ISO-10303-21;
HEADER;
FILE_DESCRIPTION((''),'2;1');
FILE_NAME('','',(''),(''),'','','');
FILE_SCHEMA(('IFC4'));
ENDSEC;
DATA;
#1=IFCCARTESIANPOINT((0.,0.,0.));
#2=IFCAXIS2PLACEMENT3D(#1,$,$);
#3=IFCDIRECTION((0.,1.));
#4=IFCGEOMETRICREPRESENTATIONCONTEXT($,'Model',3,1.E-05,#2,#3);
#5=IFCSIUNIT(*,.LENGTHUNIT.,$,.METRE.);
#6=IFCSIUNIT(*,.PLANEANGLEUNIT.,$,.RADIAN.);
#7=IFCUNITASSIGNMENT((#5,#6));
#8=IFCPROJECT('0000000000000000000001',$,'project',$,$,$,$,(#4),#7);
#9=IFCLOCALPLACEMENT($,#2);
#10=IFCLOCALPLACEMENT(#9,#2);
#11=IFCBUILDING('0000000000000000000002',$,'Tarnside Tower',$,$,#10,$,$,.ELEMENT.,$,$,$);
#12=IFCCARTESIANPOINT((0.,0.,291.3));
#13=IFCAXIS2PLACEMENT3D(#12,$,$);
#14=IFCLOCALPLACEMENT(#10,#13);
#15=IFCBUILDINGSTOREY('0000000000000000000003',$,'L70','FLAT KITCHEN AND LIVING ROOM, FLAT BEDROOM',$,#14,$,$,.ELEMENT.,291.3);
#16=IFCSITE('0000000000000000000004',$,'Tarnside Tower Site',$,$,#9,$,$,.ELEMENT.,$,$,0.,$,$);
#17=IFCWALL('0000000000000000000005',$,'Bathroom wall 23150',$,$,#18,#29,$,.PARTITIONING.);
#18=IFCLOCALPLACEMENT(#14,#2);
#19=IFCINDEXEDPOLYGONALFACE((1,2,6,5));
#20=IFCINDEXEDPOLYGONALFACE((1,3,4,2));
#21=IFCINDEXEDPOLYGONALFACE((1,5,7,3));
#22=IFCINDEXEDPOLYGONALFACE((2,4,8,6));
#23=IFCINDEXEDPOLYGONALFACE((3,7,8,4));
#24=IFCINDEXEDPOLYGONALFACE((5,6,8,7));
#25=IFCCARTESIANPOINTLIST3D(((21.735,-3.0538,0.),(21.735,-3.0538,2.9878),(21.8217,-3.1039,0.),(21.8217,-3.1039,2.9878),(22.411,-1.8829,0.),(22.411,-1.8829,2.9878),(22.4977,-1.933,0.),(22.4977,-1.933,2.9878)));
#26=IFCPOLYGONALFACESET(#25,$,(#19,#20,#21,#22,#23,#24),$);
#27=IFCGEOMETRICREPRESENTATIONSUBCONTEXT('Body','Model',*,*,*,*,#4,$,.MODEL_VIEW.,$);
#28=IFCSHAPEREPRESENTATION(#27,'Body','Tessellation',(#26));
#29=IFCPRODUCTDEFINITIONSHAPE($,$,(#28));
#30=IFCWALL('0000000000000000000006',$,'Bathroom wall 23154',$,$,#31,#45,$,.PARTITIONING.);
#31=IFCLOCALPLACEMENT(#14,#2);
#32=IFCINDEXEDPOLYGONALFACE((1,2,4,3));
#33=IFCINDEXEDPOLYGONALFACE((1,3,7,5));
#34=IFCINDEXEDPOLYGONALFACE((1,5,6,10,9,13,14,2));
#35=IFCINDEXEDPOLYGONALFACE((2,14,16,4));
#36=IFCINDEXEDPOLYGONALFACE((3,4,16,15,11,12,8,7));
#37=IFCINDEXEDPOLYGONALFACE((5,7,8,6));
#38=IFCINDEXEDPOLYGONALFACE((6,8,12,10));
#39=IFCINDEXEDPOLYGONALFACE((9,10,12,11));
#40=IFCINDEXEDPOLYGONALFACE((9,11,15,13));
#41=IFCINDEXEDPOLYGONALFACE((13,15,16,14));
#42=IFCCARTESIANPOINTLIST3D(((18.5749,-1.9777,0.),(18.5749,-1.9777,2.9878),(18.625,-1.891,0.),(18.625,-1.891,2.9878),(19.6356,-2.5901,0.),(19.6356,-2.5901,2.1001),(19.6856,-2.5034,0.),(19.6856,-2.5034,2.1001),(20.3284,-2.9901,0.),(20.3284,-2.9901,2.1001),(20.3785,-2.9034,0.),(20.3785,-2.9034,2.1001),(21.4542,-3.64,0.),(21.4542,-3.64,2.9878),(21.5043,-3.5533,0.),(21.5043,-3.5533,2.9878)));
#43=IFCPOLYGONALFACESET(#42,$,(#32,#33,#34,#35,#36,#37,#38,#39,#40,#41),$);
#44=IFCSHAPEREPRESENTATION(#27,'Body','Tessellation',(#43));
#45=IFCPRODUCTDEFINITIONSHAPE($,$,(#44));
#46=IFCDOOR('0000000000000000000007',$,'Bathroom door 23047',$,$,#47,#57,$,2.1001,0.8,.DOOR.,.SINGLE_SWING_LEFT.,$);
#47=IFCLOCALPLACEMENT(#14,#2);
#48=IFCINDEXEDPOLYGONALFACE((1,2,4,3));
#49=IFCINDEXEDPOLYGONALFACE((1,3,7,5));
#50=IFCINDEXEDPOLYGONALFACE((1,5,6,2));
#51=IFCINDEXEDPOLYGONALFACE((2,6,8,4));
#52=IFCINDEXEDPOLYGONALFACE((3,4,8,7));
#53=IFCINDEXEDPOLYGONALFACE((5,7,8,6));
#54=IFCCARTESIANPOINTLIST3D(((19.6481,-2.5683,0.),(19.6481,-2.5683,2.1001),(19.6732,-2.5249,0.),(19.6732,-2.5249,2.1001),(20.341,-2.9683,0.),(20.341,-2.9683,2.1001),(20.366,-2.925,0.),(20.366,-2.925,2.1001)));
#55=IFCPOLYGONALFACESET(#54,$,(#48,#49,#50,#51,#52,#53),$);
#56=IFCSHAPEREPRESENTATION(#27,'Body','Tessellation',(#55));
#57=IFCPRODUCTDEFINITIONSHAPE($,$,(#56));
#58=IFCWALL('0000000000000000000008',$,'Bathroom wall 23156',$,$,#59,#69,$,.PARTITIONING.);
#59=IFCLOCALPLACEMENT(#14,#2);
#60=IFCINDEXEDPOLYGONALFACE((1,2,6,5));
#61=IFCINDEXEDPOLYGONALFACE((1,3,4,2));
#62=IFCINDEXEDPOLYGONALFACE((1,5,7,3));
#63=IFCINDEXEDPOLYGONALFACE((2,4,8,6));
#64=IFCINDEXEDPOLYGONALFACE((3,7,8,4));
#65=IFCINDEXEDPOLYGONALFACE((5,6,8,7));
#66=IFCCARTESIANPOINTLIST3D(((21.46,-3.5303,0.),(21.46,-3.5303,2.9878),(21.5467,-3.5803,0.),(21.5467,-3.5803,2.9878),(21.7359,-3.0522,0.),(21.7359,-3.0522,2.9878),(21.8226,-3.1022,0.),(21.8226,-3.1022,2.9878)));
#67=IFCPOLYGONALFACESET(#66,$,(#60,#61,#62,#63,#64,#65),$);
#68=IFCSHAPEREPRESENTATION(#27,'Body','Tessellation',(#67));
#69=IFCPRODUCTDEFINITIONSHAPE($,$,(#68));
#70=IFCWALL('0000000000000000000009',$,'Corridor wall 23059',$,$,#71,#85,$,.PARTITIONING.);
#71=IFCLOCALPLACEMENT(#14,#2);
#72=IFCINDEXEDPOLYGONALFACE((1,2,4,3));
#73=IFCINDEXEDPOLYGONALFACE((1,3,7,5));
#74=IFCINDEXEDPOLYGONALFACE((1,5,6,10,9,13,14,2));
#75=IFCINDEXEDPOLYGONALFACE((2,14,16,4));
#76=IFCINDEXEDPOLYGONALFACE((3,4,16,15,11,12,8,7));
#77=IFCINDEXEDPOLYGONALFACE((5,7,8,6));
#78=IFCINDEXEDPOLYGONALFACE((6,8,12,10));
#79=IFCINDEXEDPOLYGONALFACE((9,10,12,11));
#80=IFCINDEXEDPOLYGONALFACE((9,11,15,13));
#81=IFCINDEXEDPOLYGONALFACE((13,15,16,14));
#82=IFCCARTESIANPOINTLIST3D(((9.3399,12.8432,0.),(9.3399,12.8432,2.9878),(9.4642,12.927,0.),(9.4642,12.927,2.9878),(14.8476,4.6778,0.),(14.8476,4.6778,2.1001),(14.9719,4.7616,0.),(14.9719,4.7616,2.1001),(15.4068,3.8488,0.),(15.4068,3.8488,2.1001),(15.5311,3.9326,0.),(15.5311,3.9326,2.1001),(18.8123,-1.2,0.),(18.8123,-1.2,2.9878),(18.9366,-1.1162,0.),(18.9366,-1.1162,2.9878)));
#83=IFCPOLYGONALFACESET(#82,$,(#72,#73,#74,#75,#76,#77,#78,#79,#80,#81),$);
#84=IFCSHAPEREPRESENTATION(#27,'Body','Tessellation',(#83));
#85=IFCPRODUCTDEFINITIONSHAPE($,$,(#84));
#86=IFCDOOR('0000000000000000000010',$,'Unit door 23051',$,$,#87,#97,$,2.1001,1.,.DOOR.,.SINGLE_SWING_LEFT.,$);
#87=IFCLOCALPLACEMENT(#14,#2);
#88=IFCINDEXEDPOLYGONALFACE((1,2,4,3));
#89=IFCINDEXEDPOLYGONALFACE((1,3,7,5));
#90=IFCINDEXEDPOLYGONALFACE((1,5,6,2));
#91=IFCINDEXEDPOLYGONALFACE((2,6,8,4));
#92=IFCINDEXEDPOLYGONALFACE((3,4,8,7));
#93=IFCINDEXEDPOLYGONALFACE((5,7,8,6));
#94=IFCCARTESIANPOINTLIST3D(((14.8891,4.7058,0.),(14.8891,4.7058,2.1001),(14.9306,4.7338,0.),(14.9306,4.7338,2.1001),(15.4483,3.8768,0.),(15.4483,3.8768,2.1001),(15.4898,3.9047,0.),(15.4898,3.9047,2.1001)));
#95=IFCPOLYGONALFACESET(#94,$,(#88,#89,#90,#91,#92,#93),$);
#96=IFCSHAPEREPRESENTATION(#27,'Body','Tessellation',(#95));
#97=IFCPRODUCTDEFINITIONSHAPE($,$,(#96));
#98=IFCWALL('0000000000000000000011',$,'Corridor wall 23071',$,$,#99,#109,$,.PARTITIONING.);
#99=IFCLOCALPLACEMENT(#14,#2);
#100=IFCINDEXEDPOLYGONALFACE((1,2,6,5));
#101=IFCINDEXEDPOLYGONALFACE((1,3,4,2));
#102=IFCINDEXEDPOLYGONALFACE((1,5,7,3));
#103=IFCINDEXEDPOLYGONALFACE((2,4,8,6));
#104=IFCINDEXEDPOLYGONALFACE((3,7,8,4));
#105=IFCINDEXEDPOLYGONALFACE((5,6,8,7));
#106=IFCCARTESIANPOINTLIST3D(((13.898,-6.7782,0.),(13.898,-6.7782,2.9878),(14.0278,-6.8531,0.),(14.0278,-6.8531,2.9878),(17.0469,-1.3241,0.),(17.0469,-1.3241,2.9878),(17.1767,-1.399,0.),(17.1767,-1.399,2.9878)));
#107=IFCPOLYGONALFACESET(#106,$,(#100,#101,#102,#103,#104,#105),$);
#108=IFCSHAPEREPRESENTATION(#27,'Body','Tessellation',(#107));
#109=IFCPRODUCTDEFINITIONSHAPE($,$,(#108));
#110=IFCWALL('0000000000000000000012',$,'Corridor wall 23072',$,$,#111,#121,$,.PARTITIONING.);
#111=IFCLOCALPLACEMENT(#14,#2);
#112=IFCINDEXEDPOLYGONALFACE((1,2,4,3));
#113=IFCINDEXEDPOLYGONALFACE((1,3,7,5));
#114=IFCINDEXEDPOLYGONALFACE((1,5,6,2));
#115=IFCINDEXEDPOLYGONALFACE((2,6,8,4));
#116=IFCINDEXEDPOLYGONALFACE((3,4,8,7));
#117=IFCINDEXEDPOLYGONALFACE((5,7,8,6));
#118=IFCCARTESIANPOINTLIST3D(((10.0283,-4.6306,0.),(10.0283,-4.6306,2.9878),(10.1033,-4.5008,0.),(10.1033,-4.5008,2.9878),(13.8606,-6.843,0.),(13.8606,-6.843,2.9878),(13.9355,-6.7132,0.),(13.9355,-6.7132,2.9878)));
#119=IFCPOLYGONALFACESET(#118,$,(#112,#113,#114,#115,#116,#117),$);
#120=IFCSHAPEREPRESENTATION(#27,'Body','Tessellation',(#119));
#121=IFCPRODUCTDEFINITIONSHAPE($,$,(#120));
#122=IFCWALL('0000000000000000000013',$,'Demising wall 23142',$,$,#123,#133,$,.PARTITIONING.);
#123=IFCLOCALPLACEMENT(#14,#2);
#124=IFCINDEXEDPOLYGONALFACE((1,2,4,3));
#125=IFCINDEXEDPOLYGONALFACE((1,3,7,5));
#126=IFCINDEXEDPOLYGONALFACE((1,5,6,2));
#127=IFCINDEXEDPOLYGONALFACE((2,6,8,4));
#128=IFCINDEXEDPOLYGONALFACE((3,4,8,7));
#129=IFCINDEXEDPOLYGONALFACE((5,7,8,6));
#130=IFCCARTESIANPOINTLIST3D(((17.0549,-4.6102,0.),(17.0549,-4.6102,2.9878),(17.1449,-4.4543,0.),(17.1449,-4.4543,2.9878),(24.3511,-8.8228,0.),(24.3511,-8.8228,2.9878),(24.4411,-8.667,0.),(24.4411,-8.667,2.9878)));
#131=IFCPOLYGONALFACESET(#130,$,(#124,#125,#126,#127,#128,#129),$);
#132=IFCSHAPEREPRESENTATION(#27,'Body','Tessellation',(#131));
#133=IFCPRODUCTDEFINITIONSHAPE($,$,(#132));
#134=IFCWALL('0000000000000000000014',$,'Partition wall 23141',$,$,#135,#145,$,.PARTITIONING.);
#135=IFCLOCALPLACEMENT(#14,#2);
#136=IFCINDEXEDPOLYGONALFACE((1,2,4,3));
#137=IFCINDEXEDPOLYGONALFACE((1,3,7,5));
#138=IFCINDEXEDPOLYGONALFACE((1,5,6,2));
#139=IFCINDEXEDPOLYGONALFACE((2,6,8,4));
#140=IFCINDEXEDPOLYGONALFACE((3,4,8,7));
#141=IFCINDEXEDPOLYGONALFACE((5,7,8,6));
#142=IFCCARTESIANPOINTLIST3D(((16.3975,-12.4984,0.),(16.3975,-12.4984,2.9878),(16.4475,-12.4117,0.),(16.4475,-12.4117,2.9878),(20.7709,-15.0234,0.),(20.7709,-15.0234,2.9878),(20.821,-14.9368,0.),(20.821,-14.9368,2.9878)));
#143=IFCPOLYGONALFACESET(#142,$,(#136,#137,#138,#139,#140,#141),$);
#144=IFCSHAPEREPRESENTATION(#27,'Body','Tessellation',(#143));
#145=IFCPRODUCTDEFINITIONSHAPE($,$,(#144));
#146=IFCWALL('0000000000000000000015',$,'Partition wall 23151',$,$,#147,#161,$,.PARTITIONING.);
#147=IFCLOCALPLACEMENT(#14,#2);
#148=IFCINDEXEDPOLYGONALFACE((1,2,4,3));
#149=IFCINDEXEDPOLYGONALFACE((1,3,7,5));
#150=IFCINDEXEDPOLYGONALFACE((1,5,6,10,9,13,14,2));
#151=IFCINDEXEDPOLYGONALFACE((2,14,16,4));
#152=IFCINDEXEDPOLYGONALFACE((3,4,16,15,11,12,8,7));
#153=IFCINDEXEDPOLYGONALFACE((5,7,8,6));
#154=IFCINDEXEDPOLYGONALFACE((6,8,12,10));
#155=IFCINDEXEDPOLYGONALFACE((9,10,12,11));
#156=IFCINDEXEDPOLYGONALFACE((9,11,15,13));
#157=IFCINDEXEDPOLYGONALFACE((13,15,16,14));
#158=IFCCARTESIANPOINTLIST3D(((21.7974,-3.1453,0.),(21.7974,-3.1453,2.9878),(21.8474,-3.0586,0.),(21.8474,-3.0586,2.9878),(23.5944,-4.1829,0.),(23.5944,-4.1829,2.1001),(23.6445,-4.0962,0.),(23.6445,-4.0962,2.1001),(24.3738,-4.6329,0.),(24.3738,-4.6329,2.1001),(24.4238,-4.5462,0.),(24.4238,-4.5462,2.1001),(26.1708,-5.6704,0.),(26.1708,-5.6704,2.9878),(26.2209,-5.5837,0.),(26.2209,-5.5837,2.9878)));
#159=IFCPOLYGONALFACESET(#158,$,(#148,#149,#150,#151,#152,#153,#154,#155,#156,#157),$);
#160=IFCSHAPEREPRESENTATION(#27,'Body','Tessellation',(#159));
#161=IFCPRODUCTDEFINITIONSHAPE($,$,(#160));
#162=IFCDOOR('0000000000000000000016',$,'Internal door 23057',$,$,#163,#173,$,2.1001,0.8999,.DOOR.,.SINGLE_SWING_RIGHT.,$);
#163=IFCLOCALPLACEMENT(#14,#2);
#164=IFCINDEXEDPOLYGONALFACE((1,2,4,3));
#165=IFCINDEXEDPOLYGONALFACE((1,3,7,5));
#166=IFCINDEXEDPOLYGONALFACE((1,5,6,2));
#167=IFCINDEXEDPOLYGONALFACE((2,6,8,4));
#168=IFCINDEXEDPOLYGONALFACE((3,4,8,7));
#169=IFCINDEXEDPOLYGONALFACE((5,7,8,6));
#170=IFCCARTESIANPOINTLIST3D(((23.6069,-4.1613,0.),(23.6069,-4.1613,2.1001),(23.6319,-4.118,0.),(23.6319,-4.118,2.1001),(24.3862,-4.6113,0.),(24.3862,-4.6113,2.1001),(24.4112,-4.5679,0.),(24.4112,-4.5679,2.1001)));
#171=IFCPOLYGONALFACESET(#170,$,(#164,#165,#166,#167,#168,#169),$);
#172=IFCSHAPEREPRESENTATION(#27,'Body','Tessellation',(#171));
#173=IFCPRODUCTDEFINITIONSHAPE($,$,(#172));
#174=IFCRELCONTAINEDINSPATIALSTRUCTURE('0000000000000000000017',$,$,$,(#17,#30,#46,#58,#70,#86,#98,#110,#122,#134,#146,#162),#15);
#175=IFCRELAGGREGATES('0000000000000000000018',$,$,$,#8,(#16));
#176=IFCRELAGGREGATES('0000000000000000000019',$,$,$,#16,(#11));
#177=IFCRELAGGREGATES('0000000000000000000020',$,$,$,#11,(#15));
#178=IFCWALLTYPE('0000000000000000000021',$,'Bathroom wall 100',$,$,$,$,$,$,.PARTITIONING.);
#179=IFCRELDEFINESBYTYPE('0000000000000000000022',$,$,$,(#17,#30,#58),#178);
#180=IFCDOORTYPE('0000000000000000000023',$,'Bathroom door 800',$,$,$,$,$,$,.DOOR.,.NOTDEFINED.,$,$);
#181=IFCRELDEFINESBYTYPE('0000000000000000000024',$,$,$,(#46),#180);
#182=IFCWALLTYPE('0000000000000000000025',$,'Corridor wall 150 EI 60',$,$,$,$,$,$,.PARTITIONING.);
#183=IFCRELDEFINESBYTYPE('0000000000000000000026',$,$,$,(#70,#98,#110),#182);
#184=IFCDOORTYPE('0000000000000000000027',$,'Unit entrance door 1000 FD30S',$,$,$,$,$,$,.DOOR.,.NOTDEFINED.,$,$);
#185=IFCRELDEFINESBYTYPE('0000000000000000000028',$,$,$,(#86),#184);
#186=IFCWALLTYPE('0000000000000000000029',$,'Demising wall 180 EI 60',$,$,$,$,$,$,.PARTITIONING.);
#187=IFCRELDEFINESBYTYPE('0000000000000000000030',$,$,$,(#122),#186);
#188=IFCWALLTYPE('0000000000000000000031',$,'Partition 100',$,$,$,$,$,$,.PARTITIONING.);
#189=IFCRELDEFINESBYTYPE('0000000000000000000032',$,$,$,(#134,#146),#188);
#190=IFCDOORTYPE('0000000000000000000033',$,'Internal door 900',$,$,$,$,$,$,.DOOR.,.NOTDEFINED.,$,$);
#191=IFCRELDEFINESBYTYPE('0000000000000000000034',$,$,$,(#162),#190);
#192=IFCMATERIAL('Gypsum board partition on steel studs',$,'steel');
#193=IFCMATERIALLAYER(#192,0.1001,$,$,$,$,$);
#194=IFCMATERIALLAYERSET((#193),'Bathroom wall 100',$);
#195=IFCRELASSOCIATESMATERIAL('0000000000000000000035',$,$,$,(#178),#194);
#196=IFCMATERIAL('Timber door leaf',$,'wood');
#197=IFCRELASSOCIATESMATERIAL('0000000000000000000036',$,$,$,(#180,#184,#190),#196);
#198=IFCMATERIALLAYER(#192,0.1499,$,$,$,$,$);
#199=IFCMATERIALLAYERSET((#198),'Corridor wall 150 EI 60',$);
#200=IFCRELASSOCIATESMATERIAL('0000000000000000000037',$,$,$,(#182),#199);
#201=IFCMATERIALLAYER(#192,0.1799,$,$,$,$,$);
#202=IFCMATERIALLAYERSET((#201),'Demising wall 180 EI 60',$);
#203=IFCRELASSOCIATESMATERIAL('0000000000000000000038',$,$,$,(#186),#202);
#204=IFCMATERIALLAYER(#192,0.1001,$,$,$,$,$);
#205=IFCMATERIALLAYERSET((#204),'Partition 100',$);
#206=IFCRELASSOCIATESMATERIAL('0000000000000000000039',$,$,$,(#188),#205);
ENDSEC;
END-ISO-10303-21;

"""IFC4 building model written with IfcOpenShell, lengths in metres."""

from ifc_helpers import new_model, si_unit, direction, frame, frame_2d, origin, place, context, subcontext, project, spatial, rectangle, extrude, material, layer, layer_set, type_object, element, fill, save


model = new_model("IFC4")

# Units and contexts
model_context = context("Model", 3, precision=1e-05, world=origin(), true_north=direction((0.0, 1.0)))
body_context = subcontext(model_context, "Body", "Model", "MODEL_VIEW")
ifc_project = project(units=[si_unit("LENGTHUNIT", "METRE"), si_unit("PLANEANGLEUNIT", "RADIAN")], contexts=[model_context])

# Site, building, storey
site_placement = place(None, origin())
site = spatial("IfcSite", under=ifc_project, at=site_placement, Name="Tarnside Tower Site", CompositionType="ELEMENT", RefElevation=0.0)
building_placement = place(site_placement, origin())
building = spatial("IfcBuilding", under=site, at=building_placement, Name="Tarnside Tower", CompositionType="ELEMENT")
storey_placement = place(building_placement, frame((0.0, 0.0, 291.3)))
storey = spatial("IfcBuildingStorey", under=building, at=storey_placement, Name="L70", Description="FLAT KITCHEN AND LIVING ROOM, FLAT BEDROOM", CompositionType="ELEMENT", Elevation=291.3)

# Wall
ifc_material_1 = material(Name="Gypsum board partition on steel studs", Category="steel")
ifc_layer_1 = layer(ifc_material_1, 0.1001)
ifc_layer_set_1 = layer_set([ifc_layer_1], Name="Bathroom wall 100")
wall_type_1 = type_object("IfcWallType", Name="Bathroom wall 100", PredefinedType="PARTITIONING", material=ifc_layer_set_1)
wall_1_placement = place(storey_placement, frame((22.4543, -1.908, 0.0), z_axis=(0.0, 0.0, 1.0), x_axis=(-0.500004, -0.866023, 0.0)))
element("IfcWall", 1, at=wall_1_placement, inside=storey, type_object=wall_type_1, Name="Bathroom wall 23150", PredefinedType="PARTITIONING", context=body_context, shape_type="SweptSolid", body=[
    extrude(rectangle(XDim=1.3521, YDim=0.1001, at=frame_2d((0.676, 0.0))), origin(), (0.0, 0.0, 1.0), 2.9878),
])

# Wall, opening, door
wall_2_placement = place(storey_placement, frame((21.4792, -3.5967, 0.0), z_axis=(0.0, 0.0, 1.0), x_axis=(-0.866034, 0.499985, 0.0)))
wall_2 = element("IfcWall", 2, at=wall_2_placement, inside=storey, type_object=wall_type_1, Name="Bathroom wall 23154", PredefinedType="PARTITIONING", context=body_context, shape_type="SweptSolid", body=[
    extrude(rectangle(XDim=3.3247, YDim=0.1001, at=frame_2d((1.6624, 0.0))), origin(), (0.0, 0.0, 1.0), 2.9878),
])
opening_1_placement = place(wall_2_placement, frame((1.3, 0.0, 0.0)))
opening_1 = element("IfcOpeningElement", 3, at=opening_1_placement, cuts=wall_2, PredefinedType="OPENING", context=body_context, shape_type="SweptSolid", body=[
    extrude(rectangle(XDim=0.8, YDim=2.1001, at=frame_2d((0.3999, 1.05))), frame((0.0, 0.0601, 0.0), z_axis=(0.0, -1.0, 0.0), x_axis=(1.0, 0.0, 0.0)), (0.0, 0.0, 1.0), 0.1201),
])
ifc_material_2 = material(Name="Timber door leaf", Category="wood")
door_type_1 = type_object("IfcDoorType", Name="Bathroom door 800", OperationType="NOTDEFINED", PredefinedType="DOOR", material=ifc_material_2)
door_1_placement = place(opening_1_placement, origin())
door_1 = element("IfcDoor", 4, at=door_1_placement, inside=storey, type_object=door_type_1, Name="Bathroom door 23047", OperationType="SINGLE_SWING_LEFT", OverallHeight=2.1001, OverallWidth=0.8, PredefinedType="DOOR", context=body_context, shape_type="SweptSolid", body=[
    extrude(rectangle(XDim=0.8, YDim=2.1001, at=frame_2d((0.3999, 1.05))), frame((0.0, 0.0249, 0.0), z_axis=(0.0, -1.0, 0.0), x_axis=(1.0, 0.0, 0.0)), (0.0, 0.0, 1.0), 0.05),
])
fill(opening_1, door_1)

# Wall
wall_3_placement = place(storey_placement, frame((21.5034, -3.5552, 0.0), z_axis=(0.0, 0.0, 1.0), x_axis=(0.49985, 0.866112, 0.0)))
element("IfcWall", 5, at=wall_3_placement, inside=storey, type_object=wall_type_1, Name="Bathroom wall 23156", PredefinedType="PARTITIONING", context=body_context, shape_type="SweptSolid", body=[
    extrude(rectangle(XDim=0.552, YDim=0.1001, at=frame_2d((0.2759, 0.0))), origin(), (0.0, 0.0, 1.0), 2.9878),
])

# Wall, opening, door
ifc_layer_2 = layer(ifc_material_1, 0.1499)
ifc_layer_set_2 = layer_set([ifc_layer_2], Name="Corridor wall 150 EI 60")
wall_type_2 = type_object("IfcWallType", Name="Corridor wall 150 EI 60", PredefinedType="PARTITIONING", material=ifc_layer_set_2)
wall_4_placement = place(storey_placement, frame((18.8745, -1.1582, 0.0), z_axis=(0.0, 0.0, 1.0), x_axis=(-0.559199, 0.829034, 0.0)))
wall_4 = element("IfcWall", 6, at=wall_4_placement, inside=storey, type_object=wall_type_2, Name="Corridor wall 23059", PredefinedType="PARTITIONING", context=body_context, shape_type="SweptSolid", body=[
    extrude(rectangle(XDim=16.9392, YDim=0.1499, at=frame_2d((8.4697, 0.0))), origin(), (0.0, 0.0, 1.0), 2.9878),
])
opening_2_placement = place(wall_4_placement, frame((6.0901, 0.0, 0.0)))
opening_2 = element("IfcOpeningElement", 7, at=opening_2_placement, cuts=wall_4, PredefinedType="OPENING", context=body_context, shape_type="SweptSolid", body=[
    extrude(rectangle(XDim=1.0, YDim=2.1001, at=frame_2d((0.5, 1.05))), frame((0.0, 0.085, 0.0), z_axis=(0.0, -1.0, 0.0), x_axis=(1.0, 0.0, 0.0)), (0.0, 0.0, 1.0), 0.1699),
])
door_type_2 = type_object("IfcDoorType", Name="Unit entrance door 1000 FD30S", OperationType="NOTDEFINED", PredefinedType="DOOR", material=ifc_material_2)
door_2_placement = place(opening_2_placement, origin())
door_2 = element("IfcDoor", 8, at=door_2_placement, inside=storey, type_object=door_type_2, Name="Unit door 23051", OperationType="SINGLE_SWING_LEFT", OverallHeight=2.1001, OverallWidth=1.0, PredefinedType="DOOR", context=body_context, shape_type="SweptSolid", body=[
    extrude(rectangle(XDim=1.0, YDim=2.1001, at=frame_2d((0.5, 1.05))), frame((0.0, 0.0249, 0.0), z_axis=(0.0, -1.0, 0.0), x_axis=(1.0, 0.0, 0.0)), (0.0, 0.0, 1.0), 0.05),
])
fill(opening_2, door_2)

# Walls
wall_5_placement = place(storey_placement, frame((17.1118, -1.3616, 0.0), z_axis=(0.0, 0.0, 1.0), x_axis=(-0.5, -0.866025, 0.0)))
element("IfcWall", 9, at=wall_5_placement, inside=storey, type_object=wall_type_2, Name="Corridor wall 23071", PredefinedType="PARTITIONING", context=body_context, shape_type="SweptSolid", body=[
    extrude(rectangle(XDim=6.2979, YDim=0.1499, at=frame_2d((3.1489, 0.0))), origin(), (0.0, 0.0, 1.0), 2.9878),
])
wall_6_placement = place(storey_placement, frame((13.8979, -6.7781, 0.0), z_axis=(0.0, 0.0, 1.0), x_axis=(-0.866041, 0.499972, 0.0)))
element("IfcWall", 10, at=wall_6_placement, inside=storey, type_object=wall_type_2, Name="Corridor wall 23072", PredefinedType="PARTITIONING", context=body_context, shape_type="SweptSolid", body=[
    extrude(rectangle(XDim=4.425, YDim=0.1499, at=frame_2d((2.2124, 0.0))), origin(), (0.0, 0.0, 1.0), 2.9878),
])
ifc_layer_3 = layer(ifc_material_1, 0.1799)
ifc_layer_set_3 = layer_set([ifc_layer_3], Name="Demising wall 180 EI 60")
wall_type_3 = type_object("IfcWallType", Name="Demising wall 180 EI 60", PredefinedType="PARTITIONING", material=ifc_layer_set_3)
wall_7_placement = place(storey_placement, frame((24.396, -8.7449, 0.0), z_axis=(0.0, 0.0, 1.0), x_axis=(-0.866014, 0.500019, 0.0)))
element("IfcWall", 11, at=wall_7_placement, inside=storey, type_object=wall_type_3, Name="Demising wall 23142", PredefinedType="PARTITIONING", context=body_context, shape_type="SweptSolid", body=[
    extrude(rectangle(XDim=8.425, YDim=0.1799, at=frame_2d((4.2124, 0.0))), origin(), (0.0, 0.0, 1.0), 2.9878),
])
ifc_layer_4 = layer(ifc_material_1, 0.1001)
ifc_layer_set_4 = layer_set([ifc_layer_4], Name="Partition 100")
wall_type_4 = type_object("IfcWallType", Name="Partition 100", PredefinedType="PARTITIONING", material=ifc_layer_set_4)
wall_8_placement = place(storey_placement, frame((16.4226, -12.4551, 0.0), z_axis=(0.0, 0.0, 1.0), x_axis=(0.866018, -0.500013, 0.0)))
element("IfcWall", 12, at=wall_8_placement, inside=storey, type_object=wall_type_4, Name="Partition wall 23141", PredefinedType="PARTITIONING", context=body_context, shape_type="SweptSolid", body=[
    extrude(rectangle(XDim=5.05, YDim=0.1001, at=frame_2d((2.5249, 0.0))), origin(), (0.0, 0.0, 1.0), 2.9878),
])

# Wall, opening, door
wall_9_placement = place(storey_placement, frame((21.8225, -3.1021, 0.0), z_axis=(0.0, 0.0, 1.0), x_axis=(0.866018, -0.500013, 0.0)))
wall_9 = element("IfcWall", 13, at=wall_9_placement, inside=storey, type_object=wall_type_4, Name="Partition wall 23151", PredefinedType="PARTITIONING", context=body_context, shape_type="SweptSolid", body=[
    extrude(rectangle(XDim=5.05, YDim=0.1001, at=frame_2d((2.5249, 0.0))), origin(), (0.0, 0.0, 1.0), 2.9878),
])
opening_3_placement = place(wall_9_placement, frame((2.075, 0.0, 0.0)))
opening_3 = element("IfcOpeningElement", 14, at=opening_3_placement, cuts=wall_9, PredefinedType="OPENING", context=body_context, shape_type="SweptSolid", body=[
    extrude(rectangle(XDim=0.8999, YDim=2.1001, at=frame_2d((0.45, 1.05))), frame((0.0, 0.0601, 0.0), z_axis=(0.0, -1.0, 0.0), x_axis=(1.0, 0.0, 0.0)), (0.0, 0.0, 1.0), 0.1201),
])
door_type_3 = type_object("IfcDoorType", Name="Internal door 900", OperationType="NOTDEFINED", PredefinedType="DOOR", material=ifc_material_2)
door_3_placement = place(opening_3_placement, origin())
door_3 = element("IfcDoor", 15, at=door_3_placement, inside=storey, type_object=door_type_3, Name="Internal door 23057", OperationType="SINGLE_SWING_RIGHT", OverallHeight=2.1001, OverallWidth=0.8999, PredefinedType="DOOR", context=body_context, shape_type="SweptSolid", body=[
    extrude(rectangle(XDim=0.8999, YDim=2.1001, at=frame_2d((0.45, 1.05))), frame((0.0, 0.0249, 0.0), z_axis=(0.0, -1.0, 0.0), x_axis=(1.0, 0.0, 0.0)), (0.0, 0.0, 1.0), 0.05),
])
fill(opening_3, door_3)

save(model, "model.ifc")
